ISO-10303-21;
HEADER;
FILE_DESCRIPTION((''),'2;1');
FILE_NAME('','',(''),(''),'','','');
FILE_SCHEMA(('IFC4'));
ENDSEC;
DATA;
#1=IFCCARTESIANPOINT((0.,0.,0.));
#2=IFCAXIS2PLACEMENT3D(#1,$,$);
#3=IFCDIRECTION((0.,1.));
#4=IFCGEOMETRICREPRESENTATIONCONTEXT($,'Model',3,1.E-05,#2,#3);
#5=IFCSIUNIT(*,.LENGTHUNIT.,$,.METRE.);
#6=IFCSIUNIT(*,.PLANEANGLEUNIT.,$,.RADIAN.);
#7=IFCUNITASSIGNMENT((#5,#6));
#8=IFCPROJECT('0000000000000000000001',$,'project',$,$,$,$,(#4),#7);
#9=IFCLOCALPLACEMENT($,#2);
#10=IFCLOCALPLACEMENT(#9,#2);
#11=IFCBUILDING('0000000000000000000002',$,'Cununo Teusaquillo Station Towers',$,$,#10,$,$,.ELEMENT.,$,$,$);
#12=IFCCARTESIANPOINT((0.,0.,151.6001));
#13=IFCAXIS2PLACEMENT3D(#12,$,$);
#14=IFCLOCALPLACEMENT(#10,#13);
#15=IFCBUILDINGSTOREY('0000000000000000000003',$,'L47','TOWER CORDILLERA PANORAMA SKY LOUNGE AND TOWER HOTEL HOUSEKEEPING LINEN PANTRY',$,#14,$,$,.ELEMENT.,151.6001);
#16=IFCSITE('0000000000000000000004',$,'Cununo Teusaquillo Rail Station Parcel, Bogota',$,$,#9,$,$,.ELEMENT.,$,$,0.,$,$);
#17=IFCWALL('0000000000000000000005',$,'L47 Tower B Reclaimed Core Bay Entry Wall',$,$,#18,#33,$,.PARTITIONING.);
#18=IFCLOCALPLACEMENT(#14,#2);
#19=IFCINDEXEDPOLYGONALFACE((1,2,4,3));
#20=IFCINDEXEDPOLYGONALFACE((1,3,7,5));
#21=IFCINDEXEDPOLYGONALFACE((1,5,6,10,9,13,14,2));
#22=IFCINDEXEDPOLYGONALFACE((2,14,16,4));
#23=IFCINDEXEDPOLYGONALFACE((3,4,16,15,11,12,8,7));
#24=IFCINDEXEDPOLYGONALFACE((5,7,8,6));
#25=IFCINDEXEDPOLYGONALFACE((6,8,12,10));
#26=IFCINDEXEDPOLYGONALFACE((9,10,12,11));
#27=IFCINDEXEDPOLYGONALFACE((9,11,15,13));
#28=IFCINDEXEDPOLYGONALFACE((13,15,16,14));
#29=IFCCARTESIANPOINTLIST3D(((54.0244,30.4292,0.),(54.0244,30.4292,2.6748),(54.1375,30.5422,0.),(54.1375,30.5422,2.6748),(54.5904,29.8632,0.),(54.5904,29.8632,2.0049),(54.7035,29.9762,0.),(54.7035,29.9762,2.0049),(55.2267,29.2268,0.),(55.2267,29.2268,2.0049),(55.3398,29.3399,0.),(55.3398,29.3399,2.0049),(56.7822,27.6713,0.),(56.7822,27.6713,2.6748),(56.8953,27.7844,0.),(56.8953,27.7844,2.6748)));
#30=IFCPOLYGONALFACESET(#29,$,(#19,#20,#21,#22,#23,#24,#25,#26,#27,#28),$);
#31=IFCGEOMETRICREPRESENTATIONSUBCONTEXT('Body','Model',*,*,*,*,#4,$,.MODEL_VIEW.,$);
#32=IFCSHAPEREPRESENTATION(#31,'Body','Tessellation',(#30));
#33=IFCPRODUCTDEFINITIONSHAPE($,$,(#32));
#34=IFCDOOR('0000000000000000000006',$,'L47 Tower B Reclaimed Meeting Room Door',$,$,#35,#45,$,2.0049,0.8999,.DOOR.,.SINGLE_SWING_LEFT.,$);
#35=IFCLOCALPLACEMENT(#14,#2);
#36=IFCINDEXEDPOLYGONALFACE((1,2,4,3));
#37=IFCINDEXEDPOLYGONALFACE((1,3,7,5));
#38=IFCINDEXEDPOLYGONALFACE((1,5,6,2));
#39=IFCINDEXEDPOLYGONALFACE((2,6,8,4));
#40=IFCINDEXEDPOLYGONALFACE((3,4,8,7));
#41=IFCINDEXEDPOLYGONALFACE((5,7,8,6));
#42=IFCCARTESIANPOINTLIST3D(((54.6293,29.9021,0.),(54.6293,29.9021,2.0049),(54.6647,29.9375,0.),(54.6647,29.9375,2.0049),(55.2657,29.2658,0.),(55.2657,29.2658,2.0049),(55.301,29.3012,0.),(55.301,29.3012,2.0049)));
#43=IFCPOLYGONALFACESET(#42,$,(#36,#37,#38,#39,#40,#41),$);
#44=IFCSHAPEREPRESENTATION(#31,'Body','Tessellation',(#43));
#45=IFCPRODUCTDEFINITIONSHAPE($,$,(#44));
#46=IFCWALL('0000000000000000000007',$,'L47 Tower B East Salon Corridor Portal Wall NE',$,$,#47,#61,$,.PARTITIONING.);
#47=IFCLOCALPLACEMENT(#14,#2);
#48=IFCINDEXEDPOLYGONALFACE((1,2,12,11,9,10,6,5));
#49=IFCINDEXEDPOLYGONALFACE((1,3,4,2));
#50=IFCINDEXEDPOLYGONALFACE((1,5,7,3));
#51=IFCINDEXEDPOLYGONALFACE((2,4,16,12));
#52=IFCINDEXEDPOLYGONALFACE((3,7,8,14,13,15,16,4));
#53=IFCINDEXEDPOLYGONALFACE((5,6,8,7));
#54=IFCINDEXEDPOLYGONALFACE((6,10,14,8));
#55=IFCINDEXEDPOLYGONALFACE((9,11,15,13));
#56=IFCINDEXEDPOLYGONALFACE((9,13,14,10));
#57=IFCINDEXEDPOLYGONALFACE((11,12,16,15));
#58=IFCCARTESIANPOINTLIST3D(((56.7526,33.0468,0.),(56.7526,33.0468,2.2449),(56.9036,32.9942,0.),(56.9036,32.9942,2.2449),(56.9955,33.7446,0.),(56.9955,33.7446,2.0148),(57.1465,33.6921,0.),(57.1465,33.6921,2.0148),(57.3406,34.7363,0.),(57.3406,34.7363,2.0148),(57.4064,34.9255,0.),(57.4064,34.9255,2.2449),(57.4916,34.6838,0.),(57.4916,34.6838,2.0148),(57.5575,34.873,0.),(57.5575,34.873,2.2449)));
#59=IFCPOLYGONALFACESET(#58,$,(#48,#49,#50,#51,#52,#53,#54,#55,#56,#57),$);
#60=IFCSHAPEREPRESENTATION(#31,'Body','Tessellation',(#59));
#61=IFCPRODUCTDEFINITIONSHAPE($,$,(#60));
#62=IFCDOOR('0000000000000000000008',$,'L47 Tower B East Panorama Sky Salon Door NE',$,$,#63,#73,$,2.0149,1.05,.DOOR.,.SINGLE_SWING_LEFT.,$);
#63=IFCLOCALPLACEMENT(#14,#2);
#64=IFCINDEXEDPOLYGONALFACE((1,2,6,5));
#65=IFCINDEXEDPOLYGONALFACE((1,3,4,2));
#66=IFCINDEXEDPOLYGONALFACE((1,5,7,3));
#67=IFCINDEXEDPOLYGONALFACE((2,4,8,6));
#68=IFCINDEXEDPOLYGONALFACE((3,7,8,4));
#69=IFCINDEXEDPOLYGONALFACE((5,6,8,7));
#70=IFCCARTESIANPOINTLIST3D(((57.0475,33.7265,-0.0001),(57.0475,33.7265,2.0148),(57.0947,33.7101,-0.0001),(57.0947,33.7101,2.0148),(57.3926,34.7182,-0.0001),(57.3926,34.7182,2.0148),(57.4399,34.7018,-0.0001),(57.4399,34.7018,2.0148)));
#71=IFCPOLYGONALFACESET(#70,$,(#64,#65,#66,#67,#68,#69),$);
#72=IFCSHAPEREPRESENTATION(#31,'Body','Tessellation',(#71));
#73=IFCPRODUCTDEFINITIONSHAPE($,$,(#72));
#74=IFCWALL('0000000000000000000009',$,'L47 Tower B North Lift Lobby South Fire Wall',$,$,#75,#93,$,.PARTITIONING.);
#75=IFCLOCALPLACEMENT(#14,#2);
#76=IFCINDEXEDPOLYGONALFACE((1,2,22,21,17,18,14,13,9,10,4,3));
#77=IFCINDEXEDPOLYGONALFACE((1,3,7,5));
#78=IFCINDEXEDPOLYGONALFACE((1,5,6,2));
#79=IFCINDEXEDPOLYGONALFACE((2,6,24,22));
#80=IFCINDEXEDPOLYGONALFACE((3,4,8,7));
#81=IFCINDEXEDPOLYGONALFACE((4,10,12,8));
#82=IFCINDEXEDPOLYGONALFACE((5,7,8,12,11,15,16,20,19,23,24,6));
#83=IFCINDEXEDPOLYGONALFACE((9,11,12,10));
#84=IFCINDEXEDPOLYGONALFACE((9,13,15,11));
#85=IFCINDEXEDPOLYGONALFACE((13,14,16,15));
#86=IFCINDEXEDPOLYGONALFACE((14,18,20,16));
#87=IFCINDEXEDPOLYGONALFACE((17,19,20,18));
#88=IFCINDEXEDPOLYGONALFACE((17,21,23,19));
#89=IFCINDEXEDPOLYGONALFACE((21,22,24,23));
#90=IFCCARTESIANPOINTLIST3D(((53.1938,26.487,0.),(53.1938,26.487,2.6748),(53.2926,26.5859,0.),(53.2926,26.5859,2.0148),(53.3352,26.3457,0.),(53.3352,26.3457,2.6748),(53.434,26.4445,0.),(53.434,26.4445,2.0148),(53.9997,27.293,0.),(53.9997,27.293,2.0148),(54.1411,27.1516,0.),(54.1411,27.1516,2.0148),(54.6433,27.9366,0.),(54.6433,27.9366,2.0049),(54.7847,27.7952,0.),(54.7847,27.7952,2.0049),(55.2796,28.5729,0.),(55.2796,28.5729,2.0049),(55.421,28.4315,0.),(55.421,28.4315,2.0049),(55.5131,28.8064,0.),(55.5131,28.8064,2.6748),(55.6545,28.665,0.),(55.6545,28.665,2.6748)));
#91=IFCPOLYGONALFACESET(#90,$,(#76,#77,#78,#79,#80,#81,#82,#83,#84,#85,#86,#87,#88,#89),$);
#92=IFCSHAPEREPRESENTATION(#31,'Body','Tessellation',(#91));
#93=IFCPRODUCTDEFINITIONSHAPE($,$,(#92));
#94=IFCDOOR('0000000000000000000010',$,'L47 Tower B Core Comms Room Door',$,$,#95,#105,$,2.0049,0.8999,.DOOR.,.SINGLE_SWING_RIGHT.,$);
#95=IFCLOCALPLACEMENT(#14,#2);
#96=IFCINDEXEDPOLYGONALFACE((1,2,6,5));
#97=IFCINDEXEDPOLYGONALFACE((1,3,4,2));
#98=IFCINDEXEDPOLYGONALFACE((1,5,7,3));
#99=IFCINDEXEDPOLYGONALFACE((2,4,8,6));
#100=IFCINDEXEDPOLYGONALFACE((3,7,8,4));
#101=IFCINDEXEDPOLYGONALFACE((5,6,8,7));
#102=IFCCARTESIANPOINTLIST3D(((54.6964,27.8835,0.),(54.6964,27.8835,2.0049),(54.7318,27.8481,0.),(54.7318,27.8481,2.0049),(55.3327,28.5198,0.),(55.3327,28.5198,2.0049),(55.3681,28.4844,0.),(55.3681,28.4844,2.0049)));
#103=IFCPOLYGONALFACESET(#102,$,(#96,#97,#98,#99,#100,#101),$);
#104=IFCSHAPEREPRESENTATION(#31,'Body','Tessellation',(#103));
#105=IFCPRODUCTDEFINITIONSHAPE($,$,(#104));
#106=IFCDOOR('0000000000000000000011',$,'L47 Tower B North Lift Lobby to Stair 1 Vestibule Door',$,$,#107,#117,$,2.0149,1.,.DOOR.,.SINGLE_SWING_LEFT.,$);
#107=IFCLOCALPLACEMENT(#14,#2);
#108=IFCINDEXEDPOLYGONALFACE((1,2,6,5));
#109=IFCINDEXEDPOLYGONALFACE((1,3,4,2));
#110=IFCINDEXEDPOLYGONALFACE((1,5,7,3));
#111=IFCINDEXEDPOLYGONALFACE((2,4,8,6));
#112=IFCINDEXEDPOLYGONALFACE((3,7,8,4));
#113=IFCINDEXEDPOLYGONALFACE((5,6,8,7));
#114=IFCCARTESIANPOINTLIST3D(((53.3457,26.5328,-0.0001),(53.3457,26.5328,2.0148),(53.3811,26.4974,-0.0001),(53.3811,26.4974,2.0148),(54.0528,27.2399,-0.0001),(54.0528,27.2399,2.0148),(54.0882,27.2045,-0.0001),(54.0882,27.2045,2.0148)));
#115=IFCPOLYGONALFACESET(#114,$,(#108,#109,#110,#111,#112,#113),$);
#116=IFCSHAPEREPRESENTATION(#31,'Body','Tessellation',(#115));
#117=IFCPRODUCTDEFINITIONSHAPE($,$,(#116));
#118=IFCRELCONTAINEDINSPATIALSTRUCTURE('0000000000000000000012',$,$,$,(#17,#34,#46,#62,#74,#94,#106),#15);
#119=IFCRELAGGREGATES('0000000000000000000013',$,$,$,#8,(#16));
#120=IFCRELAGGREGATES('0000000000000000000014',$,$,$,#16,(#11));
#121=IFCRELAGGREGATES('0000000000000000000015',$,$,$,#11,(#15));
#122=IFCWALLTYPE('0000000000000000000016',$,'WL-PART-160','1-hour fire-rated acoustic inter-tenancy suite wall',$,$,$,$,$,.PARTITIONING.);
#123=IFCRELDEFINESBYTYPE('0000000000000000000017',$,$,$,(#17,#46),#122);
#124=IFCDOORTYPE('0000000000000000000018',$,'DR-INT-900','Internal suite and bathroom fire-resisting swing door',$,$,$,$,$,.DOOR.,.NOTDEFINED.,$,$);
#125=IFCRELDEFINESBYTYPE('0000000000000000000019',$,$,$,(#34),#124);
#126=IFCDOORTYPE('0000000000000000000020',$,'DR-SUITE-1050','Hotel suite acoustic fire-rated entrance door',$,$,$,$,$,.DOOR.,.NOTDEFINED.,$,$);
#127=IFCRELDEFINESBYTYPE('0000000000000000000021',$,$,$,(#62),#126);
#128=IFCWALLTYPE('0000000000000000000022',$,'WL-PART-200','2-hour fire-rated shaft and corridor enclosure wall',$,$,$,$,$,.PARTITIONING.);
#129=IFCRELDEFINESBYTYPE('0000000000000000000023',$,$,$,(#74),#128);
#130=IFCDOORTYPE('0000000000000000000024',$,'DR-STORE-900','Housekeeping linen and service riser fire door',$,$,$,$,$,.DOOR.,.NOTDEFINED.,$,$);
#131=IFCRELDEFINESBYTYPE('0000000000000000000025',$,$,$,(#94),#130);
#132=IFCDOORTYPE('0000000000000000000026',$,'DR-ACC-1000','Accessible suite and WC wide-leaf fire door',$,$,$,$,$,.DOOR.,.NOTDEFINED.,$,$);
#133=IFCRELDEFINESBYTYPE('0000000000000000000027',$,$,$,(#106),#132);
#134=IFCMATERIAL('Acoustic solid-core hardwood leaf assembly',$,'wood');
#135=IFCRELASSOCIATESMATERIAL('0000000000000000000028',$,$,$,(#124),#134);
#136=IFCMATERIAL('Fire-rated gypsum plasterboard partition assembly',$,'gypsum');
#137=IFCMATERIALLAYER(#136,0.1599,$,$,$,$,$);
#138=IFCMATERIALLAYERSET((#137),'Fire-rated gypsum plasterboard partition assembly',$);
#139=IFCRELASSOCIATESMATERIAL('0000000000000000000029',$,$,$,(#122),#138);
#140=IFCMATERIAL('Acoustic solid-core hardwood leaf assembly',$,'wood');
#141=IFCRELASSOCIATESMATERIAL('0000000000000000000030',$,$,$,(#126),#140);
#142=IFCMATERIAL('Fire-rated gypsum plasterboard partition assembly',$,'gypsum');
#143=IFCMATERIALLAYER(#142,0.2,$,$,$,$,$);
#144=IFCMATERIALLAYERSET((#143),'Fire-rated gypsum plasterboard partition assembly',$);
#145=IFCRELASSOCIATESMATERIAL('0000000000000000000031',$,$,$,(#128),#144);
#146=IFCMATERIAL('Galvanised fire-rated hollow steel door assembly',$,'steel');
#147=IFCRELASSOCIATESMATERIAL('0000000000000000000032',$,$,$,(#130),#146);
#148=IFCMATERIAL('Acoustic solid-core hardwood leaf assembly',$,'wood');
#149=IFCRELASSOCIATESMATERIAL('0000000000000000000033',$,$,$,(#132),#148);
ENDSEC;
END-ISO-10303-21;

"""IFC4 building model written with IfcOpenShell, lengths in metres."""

from ifc_helpers import new_model, si_unit, direction, frame, frame_2d, origin, place, context, subcontext, project, spatial, rectangle, extrude, source, transform, mapped, material, layer, layer_set, type_object, element, fill, save


model = new_model("IFC4")

# Units and contexts
model_context = context("Model", 3, precision=1e-05, world=origin(), true_north=direction((0.0, 1.0)))
body_context = subcontext(model_context, "Body", "Model", "MODEL_VIEW")
ifc_project = project(units=[si_unit("LENGTHUNIT", "METRE"), si_unit("PLANEANGLEUNIT", "RADIAN")], contexts=[model_context])

# Site, building, storey
site_placement = place(None, origin())
site = spatial("IfcSite", under=ifc_project, at=site_placement, Name="Cununo Teusaquillo Rail Station Parcel, Bogota", CompositionType="ELEMENT", RefElevation=0.0)
building_placement = place(site_placement, origin())
building = spatial("IfcBuilding", under=site, at=building_placement, Name="Cununo Teusaquillo Station Towers", CompositionType="ELEMENT")
storey_placement = place(building_placement, frame((0.0, 0.0, 151.6001)))
storey = spatial("IfcBuildingStorey", under=building, at=storey_placement, Name="L47", Description="TOWER CORDILLERA PANORAMA SKY LOUNGE AND TOWER HOTEL HOUSEKEEPING LINEN PANTRY", CompositionType="ELEMENT", Elevation=151.6001)

# Shared definitions
ifc_material_1 = material(Name="Acoustic solid-core hardwood leaf assembly", Category="wood")
door_type_1 = type_object("IfcDoorType", Name="DR-INT-900", Description="Internal suite and bathroom fire-resisting swing door", OperationType="NOTDEFINED", PredefinedType="DOOR", material=ifc_material_1)
shared_shape_1 = source(origin(), body_context, "Body", "SweptSolid", [
    extrude(rectangle(XDim=0.8999, YDim=2.0049, at=frame_2d((0.45, 1.0024))), frame((0.0, 0.0249, 0.0), z_axis=(0.0, -1.0, 0.0), x_axis=(1.0, 0.0, 0.0)), (0.0, 0.0, 1.0), 0.05),
])

# Walls, openings, doors
ifc_material_2 = material(Name="Fire-rated gypsum plasterboard partition assembly", Category="gypsum")
ifc_layer_1 = layer(ifc_material_2, 0.1599)
ifc_layer_set_1 = layer_set([ifc_layer_1], Name="Fire-rated gypsum plasterboard partition assembly")
wall_type_1 = type_object("IfcWallType", Name="WL-PART-160", Description="1-hour fire-rated acoustic inter-tenancy suite wall", PredefinedType="PARTITIONING", material=ifc_layer_set_1)
wall_1_placement = place(storey_placement, frame((56.8389, 27.7278, 0.0), z_axis=(0.0, 0.0, 1.0), x_axis=(-0.707107, 0.707107, 0.0)))
wall_1 = element("IfcWall", 1, at=wall_1_placement, inside=storey, type_object=wall_type_1, Name="L47 Tower B Reclaimed Core Bay Entry Wall", PredefinedType="PARTITIONING", context=body_context, shape_type="SweptSolid", body=[
    extrude(rectangle(XDim=3.9001, YDim=0.1599, at=frame_2d((1.9502, 0.0))), origin(), (0.0, 0.0, 1.0), 2.6748),
])
shared_shape_2 = source(origin(), body_context, "Body", "SweptSolid", [
    extrude(rectangle(XDim=0.8999, YDim=2.0049, at=frame_2d((0.45, 1.0024))), frame((0.0, 0.0898, 0.0), z_axis=(0.0, -1.0, 0.0), x_axis=(1.0, 0.0, 0.0)), (0.0, 0.0, 1.0), 0.1799),
])
opening_1_placement = place(wall_1_placement, frame((2.2, 0.0, 0.0)))
opening_1 = element("IfcOpeningElement", 2, at=opening_1_placement, cuts=wall_1, PredefinedType="OPENING", context=body_context, shape_type="MappedRepresentation", body=[
    mapped(shared_shape_2, transform((0.0, 0.0, 0.0), x_axis=(1.0, 0.0, 0.0), y_axis=(0.0, 1.0, 0.0), z_axis=(0.0, 0.0, 1.0), scale=1.0)),
])
door_1_placement = place(opening_1_placement, origin())
door_1 = element("IfcDoor", 3, at=door_1_placement, inside=storey, type_object=door_type_1, Name="L47 Tower B Reclaimed Meeting Room Door", OperationType="SINGLE_SWING_LEFT", OverallHeight=2.0049, OverallWidth=0.8999, PredefinedType="DOOR", context=body_context, shape_type="MappedRepresentation", body=[
    mapped(shared_shape_1, transform((0.0, 0.0, 0.0), x_axis=(1.0, 0.0, 0.0), y_axis=(0.0, 1.0, 0.0), z_axis=(0.0, 0.0, 1.0), scale=1.0)),
])
fill(opening_1, door_1)
wall_2_placement = place(storey_placement, frame((56.8281, 33.0205, 0.0), z_axis=(0.0, 0.0, 1.0), x_axis=(0.328682, 0.94444, 0.0)))
wall_2 = element("IfcWall", 4, at=wall_2_placement, inside=storey, type_object=wall_type_1, Name="L47 Tower B East Salon Corridor Portal Wall NE", PredefinedType="PARTITIONING", context=body_context, shape_type="SweptSolid", body=[
    extrude(rectangle(XDim=1.9893, YDim=0.1599, at=frame_2d((0.9946, 0.0))), origin(), (0.0, 0.0, 1.0), 2.2449),
])
shared_shape_3 = source(origin(), body_context, "Body", "SweptSolid", [
    extrude(rectangle(XDim=1.05, YDim=2.0149, at=frame_2d((0.5249, 1.0073))), frame((0.0, 0.0898, 0.0), z_axis=(0.0, -1.0, 0.0), x_axis=(1.0, 0.0, 0.0)), (0.0, 0.0, 1.0), 0.1799),
])
opening_2_placement = place(wall_2_placement, frame((0.739, 0.0, 0.0)))
opening_2 = element("IfcOpeningElement", 5, at=opening_2_placement, cuts=wall_2, PredefinedType="OPENING", context=body_context, shape_type="MappedRepresentation", body=[
    mapped(shared_shape_3, transform((0.0, 0.0, 0.0), x_axis=(1.0, 0.0, 0.0), y_axis=(0.0, 1.0, 0.0), z_axis=(0.0, 0.0, 1.0), scale=1.0)),
])
ifc_material_3 = material(Name="Acoustic solid-core hardwood leaf assembly", Category="wood")
door_type_2 = type_object("IfcDoorType", Name="DR-SUITE-1050", Description="Hotel suite acoustic fire-rated entrance door", OperationType="NOTDEFINED", PredefinedType="DOOR", material=ifc_material_3)
shared_shape_4 = source(origin(), body_context, "Body", "SweptSolid", [
    extrude(rectangle(XDim=1.05, YDim=2.0149, at=frame_2d((0.5249, 1.0073))), frame((0.0, 0.0249, 0.0), z_axis=(0.0, -1.0, 0.0), x_axis=(1.0, 0.0, 0.0)), (0.0, 0.0, 1.0), 0.05),
])
door_2_placement = place(opening_2_placement, origin())
door_2 = element("IfcDoor", 6, at=door_2_placement, inside=storey, type_object=door_type_2, Name="L47 Tower B East Panorama Sky Salon Door NE", OperationType="SINGLE_SWING_LEFT", OverallHeight=2.0149, OverallWidth=1.05, PredefinedType="DOOR", context=body_context, shape_type="MappedRepresentation", body=[
    mapped(shared_shape_4, transform((0.0, 0.0, 0.0), x_axis=(1.0, 0.0, 0.0), y_axis=(0.0, 1.0, 0.0), z_axis=(0.0, 0.0, 1.0), scale=1.0)),
])
fill(opening_2, door_2)

# Wall, openings, doors
ifc_material_4 = material(Name="Fire-rated gypsum plasterboard partition assembly", Category="gypsum")
ifc_layer_2 = layer(ifc_material_4, 0.2)
ifc_layer_set_2 = layer_set([ifc_layer_2], Name="Fire-rated gypsum plasterboard partition assembly")
wall_type_2 = type_object("IfcWallType", Name="WL-PART-200", Description="2-hour fire-rated shaft and corridor enclosure wall", PredefinedType="PARTITIONING", material=ifc_layer_set_2)
wall_3_placement = place(storey_placement, frame((53.2644, 26.4163, 0.0), z_axis=(0.0, 0.0, 1.0), x_axis=(0.707107, 0.707107, 0.0)))
wall_3 = element("IfcWall", 7, at=wall_3_placement, inside=storey, type_object=wall_type_2, Name="L47 Tower B North Lift Lobby South Fire Wall", PredefinedType="PARTITIONING", context=body_context, shape_type="SweptSolid", body=[
    extrude(rectangle(XDim=3.28, YDim=0.2, at=frame_2d((1.6401, 0.0))), origin(), (0.0, 0.0, 1.0), 2.6748),
])
shared_shape_5 = source(origin(), body_context, "Body", "SweptSolid", [
    extrude(rectangle(XDim=1.0, YDim=2.0149, at=frame_2d((0.5, 1.0073))), frame((0.0, 0.1099, 0.0), z_axis=(0.0, -1.0, 0.0), x_axis=(1.0, 0.0, 0.0)), (0.0, 0.0, 1.0), 0.22),
])
opening_3_placement = place(wall_3_placement, frame((0.1399, 0.0, 0.0)))
opening_3 = element("IfcOpeningElement", 8, at=opening_3_placement, cuts=wall_3, PredefinedType="OPENING", context=body_context, shape_type="MappedRepresentation", body=[
    mapped(shared_shape_5, transform((0.0, 0.0, 0.0), x_axis=(1.0, 0.0, 0.0), y_axis=(0.0, 1.0, 0.0), z_axis=(0.0, 0.0, 1.0), scale=1.0)),
])
shared_shape_6 = source(origin(), body_context, "Body", "SweptSolid", [
    extrude(rectangle(XDim=0.8999, YDim=2.0049, at=frame_2d((0.45, 1.0024))), frame((0.0, 0.1099, 0.0), z_axis=(0.0, -1.0, 0.0), x_axis=(1.0, 0.0, 0.0)), (0.0, 0.0, 1.0), 0.22),
])
opening_4_placement = place(wall_3_placement, frame((2.05, 0.0, 0.0)))
opening_4 = element("IfcOpeningElement", 9, at=opening_4_placement, cuts=wall_3, PredefinedType="OPENING", context=body_context, shape_type="MappedRepresentation", body=[
    mapped(shared_shape_6, transform((0.0, 0.0, 0.0), x_axis=(1.0, 0.0, 0.0), y_axis=(0.0, 1.0, 0.0), z_axis=(0.0, 0.0, 1.0), scale=1.0)),
])
ifc_material_5 = material(Name="Galvanised fire-rated hollow steel door assembly", Category="steel")
door_type_3 = type_object("IfcDoorType", Name="DR-STORE-900", Description="Housekeeping linen and service riser fire door", OperationType="NOTDEFINED", PredefinedType="DOOR", material=ifc_material_5)
door_3_placement = place(opening_4_placement, origin())
door_3 = element("IfcDoor", 10, at=door_3_placement, inside=storey, type_object=door_type_3, Name="L47 Tower B Core Comms Room Door", OperationType="SINGLE_SWING_RIGHT", OverallHeight=2.0049, OverallWidth=0.8999, PredefinedType="DOOR", context=body_context, shape_type="MappedRepresentation", body=[
    mapped(shared_shape_1, transform((0.0, 0.0, 0.0), x_axis=(1.0, 0.0, 0.0), y_axis=(0.0, 1.0, 0.0), z_axis=(0.0, 0.0, 1.0), scale=1.0)),
])
fill(opening_4, door_3)
ifc_material_6 = material(Name="Acoustic solid-core hardwood leaf assembly", Category="wood")
door_type_4 = type_object("IfcDoorType", Name="DR-ACC-1000", Description="Accessible suite and WC wide-leaf fire door", OperationType="NOTDEFINED", PredefinedType="DOOR", material=ifc_material_6)
shared_shape_7 = source(origin(), body_context, "Body", "SweptSolid", [
    extrude(rectangle(XDim=1.0, YDim=2.0149, at=frame_2d((0.5, 1.0073))), frame((0.0, 0.0249, 0.0), z_axis=(0.0, -1.0, 0.0), x_axis=(1.0, 0.0, 0.0)), (0.0, 0.0, 1.0), 0.05),
])
door_4_placement = place(opening_3_placement, origin())
door_4 = element("IfcDoor", 11, at=door_4_placement, inside=storey, type_object=door_type_4, Name="L47 Tower B North Lift Lobby to Stair 1 Vestibule Door", OperationType="SINGLE_SWING_LEFT", OverallHeight=2.0149, OverallWidth=1.0, PredefinedType="DOOR", context=body_context, shape_type="MappedRepresentation", body=[
    mapped(shared_shape_7, transform((0.0, 0.0, 0.0), x_axis=(1.0, 0.0, 0.0), y_axis=(0.0, 1.0, 0.0), z_axis=(0.0, 0.0, 1.0), scale=1.0)),
])
fill(opening_3, door_4)

save(model, "model.ifc")
